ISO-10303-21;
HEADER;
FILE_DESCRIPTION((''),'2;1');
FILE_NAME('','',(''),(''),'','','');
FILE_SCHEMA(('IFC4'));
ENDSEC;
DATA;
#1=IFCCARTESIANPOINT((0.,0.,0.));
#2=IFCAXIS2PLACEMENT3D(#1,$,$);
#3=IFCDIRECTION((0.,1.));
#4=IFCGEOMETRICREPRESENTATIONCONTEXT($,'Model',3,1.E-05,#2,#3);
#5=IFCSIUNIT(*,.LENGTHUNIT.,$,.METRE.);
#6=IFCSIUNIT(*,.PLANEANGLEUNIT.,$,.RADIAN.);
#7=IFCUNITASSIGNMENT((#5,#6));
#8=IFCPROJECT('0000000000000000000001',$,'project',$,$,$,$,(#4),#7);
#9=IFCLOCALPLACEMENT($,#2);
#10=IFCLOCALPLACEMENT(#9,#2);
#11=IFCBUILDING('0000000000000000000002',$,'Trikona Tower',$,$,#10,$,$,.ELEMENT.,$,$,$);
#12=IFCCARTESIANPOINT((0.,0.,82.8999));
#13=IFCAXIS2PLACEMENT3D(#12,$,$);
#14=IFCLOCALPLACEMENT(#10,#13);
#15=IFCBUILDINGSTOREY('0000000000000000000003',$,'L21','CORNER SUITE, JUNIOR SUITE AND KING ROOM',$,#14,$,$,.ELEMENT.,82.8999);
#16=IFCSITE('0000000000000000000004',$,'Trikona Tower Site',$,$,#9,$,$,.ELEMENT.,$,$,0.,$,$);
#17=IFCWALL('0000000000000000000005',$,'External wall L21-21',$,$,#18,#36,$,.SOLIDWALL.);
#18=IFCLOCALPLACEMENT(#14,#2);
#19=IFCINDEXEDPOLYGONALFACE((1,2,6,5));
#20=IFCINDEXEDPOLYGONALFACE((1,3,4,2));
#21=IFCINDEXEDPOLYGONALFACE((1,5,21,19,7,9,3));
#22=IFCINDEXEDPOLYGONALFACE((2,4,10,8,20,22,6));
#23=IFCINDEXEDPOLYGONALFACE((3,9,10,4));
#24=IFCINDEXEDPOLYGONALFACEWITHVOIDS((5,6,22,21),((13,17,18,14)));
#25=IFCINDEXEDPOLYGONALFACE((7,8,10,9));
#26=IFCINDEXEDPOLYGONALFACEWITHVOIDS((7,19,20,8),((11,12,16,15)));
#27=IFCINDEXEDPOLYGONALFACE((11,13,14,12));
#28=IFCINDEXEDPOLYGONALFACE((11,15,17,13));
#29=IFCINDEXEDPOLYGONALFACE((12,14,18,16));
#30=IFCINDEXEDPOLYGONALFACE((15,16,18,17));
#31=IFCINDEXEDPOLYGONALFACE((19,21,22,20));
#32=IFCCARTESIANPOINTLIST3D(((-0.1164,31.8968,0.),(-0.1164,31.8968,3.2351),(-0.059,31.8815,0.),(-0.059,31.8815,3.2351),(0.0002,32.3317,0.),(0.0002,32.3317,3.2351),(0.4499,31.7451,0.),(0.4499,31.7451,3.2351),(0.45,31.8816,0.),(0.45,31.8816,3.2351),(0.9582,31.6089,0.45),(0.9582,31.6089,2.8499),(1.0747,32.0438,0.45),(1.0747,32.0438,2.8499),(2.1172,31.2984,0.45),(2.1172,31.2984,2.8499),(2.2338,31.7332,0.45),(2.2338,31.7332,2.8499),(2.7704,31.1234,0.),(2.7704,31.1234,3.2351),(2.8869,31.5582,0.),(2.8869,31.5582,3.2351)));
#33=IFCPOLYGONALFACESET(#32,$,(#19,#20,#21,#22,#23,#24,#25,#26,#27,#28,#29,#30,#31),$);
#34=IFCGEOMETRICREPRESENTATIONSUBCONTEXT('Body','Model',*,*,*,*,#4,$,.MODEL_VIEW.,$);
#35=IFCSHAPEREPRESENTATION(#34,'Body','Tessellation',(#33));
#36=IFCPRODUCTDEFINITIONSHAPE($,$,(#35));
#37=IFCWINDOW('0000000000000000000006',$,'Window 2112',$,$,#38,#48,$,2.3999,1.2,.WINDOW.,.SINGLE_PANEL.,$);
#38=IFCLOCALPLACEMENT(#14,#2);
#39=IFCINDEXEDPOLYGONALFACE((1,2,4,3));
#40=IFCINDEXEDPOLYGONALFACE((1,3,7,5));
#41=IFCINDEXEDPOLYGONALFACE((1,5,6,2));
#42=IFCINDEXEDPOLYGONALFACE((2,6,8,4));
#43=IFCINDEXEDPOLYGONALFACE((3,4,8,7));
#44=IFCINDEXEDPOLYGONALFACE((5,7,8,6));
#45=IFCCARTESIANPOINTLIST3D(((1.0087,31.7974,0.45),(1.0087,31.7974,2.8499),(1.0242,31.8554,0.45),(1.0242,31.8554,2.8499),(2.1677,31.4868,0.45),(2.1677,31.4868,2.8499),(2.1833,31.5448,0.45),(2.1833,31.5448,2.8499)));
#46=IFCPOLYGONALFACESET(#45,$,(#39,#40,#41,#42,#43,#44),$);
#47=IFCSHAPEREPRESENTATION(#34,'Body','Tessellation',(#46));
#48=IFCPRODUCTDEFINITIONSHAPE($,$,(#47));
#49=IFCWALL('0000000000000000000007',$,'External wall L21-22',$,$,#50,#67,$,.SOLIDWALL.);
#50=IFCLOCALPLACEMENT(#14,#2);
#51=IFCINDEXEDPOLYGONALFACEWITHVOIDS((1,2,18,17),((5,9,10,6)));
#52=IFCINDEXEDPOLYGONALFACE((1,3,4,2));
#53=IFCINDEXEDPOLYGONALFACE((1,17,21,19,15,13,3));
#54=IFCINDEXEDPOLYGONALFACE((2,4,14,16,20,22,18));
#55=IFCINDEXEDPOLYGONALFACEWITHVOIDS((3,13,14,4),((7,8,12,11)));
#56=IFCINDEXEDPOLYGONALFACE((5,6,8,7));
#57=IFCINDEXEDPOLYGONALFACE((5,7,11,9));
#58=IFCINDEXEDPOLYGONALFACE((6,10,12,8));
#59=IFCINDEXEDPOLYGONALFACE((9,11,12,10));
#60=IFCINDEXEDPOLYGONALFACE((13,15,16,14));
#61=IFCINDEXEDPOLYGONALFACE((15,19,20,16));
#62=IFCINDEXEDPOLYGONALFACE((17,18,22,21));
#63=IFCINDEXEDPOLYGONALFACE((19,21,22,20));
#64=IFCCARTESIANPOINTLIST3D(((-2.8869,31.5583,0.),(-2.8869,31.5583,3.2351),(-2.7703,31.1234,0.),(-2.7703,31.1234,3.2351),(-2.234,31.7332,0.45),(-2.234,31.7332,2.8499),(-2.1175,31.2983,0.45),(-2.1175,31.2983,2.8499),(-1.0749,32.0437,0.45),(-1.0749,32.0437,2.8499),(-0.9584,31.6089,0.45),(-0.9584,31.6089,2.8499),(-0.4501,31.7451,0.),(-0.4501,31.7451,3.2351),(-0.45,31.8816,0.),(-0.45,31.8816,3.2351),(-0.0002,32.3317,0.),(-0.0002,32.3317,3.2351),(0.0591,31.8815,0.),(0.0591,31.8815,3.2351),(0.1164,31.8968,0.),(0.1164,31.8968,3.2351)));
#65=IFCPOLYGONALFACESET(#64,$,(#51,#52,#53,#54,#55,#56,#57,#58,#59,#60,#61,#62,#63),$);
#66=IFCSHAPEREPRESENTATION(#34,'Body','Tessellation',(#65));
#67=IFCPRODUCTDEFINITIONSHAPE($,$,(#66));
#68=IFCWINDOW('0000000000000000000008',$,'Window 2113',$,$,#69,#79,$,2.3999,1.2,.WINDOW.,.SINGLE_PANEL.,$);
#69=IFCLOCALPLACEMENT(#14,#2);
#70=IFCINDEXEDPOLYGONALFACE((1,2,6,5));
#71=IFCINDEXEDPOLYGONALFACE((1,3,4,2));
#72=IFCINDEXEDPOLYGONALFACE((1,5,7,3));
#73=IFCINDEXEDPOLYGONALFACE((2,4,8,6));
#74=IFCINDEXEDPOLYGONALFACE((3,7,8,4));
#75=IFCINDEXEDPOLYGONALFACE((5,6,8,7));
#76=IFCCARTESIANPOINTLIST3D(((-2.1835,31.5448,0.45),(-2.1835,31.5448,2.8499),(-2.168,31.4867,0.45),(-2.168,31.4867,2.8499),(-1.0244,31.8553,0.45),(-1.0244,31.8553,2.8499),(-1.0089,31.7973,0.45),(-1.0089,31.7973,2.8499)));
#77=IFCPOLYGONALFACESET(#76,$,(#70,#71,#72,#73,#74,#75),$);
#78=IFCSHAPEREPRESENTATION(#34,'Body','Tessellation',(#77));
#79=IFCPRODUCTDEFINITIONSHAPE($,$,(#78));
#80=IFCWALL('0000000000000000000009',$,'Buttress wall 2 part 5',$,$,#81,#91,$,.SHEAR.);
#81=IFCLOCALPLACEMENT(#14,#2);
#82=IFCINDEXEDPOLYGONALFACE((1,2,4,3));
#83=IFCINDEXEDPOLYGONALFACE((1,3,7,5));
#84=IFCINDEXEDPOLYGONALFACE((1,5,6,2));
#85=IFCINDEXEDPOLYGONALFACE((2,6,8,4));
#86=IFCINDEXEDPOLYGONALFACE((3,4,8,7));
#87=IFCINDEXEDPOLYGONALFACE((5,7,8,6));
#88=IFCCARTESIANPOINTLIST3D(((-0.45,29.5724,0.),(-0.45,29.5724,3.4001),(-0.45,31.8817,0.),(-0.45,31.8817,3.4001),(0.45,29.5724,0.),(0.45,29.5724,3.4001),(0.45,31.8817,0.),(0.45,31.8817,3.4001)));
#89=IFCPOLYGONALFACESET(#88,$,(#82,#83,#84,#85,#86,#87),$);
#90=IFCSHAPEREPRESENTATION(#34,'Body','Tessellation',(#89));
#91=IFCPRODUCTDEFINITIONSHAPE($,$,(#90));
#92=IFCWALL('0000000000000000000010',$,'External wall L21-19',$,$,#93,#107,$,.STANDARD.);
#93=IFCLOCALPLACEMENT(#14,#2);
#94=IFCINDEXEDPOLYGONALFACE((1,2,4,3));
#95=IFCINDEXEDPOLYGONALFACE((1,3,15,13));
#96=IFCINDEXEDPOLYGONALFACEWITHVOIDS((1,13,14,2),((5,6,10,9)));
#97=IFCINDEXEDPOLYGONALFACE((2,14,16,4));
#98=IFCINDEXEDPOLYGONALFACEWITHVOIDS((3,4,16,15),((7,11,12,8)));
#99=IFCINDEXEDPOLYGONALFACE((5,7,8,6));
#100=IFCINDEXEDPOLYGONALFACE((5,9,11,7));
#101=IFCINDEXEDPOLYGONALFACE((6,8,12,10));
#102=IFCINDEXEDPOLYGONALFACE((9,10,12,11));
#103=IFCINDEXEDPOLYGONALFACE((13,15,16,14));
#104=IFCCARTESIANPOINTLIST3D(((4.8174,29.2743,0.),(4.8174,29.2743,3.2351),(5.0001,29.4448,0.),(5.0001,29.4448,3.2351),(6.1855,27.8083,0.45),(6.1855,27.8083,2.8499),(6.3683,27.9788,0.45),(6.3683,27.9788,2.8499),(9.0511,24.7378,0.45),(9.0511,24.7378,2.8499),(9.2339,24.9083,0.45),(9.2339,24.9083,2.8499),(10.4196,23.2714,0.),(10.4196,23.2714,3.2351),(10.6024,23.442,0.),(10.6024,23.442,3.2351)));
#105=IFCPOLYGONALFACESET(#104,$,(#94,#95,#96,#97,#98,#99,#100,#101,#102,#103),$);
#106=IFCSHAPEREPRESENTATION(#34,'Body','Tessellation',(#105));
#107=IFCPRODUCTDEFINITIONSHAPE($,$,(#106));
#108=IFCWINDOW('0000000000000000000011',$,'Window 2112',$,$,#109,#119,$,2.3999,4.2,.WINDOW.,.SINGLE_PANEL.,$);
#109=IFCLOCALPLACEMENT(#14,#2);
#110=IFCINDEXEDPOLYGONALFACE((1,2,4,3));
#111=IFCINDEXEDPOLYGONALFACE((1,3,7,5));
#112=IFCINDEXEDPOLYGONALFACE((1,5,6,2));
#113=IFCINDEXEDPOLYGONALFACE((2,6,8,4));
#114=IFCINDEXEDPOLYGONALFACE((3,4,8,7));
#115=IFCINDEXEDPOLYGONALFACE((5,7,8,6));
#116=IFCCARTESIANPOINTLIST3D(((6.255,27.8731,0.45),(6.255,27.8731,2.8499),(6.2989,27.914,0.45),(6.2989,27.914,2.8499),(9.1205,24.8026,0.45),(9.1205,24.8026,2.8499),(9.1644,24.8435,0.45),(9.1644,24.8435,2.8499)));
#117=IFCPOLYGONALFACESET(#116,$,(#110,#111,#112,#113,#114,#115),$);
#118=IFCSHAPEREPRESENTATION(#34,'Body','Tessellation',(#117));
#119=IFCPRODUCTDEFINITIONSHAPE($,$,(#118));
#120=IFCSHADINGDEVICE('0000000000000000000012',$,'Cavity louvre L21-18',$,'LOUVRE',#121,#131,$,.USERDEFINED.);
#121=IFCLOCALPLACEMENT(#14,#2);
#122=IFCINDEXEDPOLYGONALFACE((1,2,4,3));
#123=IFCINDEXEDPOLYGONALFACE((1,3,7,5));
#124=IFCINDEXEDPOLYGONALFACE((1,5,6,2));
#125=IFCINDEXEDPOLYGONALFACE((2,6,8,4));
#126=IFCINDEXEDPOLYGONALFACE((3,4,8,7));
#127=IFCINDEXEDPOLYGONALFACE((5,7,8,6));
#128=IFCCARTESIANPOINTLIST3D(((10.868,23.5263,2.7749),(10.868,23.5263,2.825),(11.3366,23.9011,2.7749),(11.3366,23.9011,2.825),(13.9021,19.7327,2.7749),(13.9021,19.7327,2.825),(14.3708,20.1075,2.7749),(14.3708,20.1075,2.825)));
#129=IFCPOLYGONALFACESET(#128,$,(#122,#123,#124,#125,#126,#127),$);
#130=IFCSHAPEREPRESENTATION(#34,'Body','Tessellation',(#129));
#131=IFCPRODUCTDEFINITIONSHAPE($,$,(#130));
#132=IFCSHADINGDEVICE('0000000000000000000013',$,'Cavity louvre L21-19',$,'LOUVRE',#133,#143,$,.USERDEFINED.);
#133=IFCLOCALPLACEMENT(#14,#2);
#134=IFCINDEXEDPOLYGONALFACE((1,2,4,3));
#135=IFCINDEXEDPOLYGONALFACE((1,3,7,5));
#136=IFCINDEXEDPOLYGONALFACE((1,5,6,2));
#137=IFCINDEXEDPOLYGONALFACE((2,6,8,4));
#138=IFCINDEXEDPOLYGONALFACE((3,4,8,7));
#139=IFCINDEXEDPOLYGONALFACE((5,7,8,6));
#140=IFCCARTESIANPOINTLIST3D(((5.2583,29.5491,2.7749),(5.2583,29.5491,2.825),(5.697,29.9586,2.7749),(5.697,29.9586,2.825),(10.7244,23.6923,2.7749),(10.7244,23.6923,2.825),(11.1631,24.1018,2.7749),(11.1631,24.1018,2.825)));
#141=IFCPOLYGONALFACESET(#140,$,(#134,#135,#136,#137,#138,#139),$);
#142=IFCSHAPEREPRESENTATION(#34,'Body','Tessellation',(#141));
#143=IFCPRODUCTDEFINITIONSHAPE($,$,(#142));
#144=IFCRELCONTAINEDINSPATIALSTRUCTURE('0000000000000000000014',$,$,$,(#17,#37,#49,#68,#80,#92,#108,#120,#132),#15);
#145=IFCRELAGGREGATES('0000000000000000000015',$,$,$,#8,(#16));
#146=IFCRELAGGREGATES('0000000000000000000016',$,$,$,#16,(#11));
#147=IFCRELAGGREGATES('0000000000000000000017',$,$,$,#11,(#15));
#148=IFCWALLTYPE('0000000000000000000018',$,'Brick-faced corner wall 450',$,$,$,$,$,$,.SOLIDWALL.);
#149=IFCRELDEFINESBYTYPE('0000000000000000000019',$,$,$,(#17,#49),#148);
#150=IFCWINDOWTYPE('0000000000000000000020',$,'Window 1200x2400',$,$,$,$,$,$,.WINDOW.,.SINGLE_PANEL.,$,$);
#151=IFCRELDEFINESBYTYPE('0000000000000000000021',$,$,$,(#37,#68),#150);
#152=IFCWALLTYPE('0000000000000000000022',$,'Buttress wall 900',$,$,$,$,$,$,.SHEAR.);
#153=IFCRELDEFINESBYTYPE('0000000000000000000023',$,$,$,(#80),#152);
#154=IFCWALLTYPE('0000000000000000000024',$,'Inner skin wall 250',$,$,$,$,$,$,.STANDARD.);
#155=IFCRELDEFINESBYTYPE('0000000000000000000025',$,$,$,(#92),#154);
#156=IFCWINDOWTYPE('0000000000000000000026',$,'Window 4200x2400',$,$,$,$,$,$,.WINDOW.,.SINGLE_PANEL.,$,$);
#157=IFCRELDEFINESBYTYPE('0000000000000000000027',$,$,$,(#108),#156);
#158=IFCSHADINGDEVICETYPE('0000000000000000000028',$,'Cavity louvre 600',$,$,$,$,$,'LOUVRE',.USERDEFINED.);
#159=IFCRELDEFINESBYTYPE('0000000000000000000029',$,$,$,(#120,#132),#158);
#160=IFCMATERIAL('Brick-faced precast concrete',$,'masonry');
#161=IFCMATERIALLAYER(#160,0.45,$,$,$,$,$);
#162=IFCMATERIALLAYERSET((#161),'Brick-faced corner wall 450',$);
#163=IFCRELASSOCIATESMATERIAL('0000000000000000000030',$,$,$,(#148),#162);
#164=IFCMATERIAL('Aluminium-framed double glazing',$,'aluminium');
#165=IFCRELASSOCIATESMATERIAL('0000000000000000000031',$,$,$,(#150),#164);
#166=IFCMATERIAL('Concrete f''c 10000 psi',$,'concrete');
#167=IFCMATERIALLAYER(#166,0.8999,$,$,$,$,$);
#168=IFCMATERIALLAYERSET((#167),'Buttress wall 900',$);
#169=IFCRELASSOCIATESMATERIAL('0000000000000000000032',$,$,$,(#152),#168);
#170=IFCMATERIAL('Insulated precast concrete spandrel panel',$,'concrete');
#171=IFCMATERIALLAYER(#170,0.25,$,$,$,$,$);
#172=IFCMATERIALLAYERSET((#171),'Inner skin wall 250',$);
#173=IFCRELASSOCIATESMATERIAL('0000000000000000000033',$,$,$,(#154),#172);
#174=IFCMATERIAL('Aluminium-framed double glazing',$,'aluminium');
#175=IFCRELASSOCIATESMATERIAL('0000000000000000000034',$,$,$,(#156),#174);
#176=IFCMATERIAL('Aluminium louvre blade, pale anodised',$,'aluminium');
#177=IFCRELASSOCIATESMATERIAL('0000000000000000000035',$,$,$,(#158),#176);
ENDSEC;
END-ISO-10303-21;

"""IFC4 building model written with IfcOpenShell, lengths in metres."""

from ifc_helpers import new_model, si_unit, direction, frame, frame_2d, origin, origin_2d, place, context, subcontext, project, spatial, polyline, rectangle, outline, extrude, material, layer, layer_set, type_object, element, fill, save


model = new_model("IFC4")

# Units and contexts
model_context = context("Model", 3, precision=1e-05, world=origin(), true_north=direction((0.0, 1.0)))
body_context = subcontext(model_context, "Body", "Model", "MODEL_VIEW")
ifc_project = project(units=[si_unit("LENGTHUNIT", "METRE"), si_unit("PLANEANGLEUNIT", "RADIAN")], contexts=[model_context])

# Site, building, storey
site_placement = place(None, origin())
site = spatial("IfcSite", under=ifc_project, at=site_placement, Name="Trikona Tower Site", CompositionType="ELEMENT", RefElevation=0.0)
building_placement = place(site_placement, origin())
building = spatial("IfcBuilding", under=site, at=building_placement, Name="Trikona Tower", CompositionType="ELEMENT")
storey_placement = place(building_placement, frame((0.0, 0.0, 82.8999)))
storey = spatial("IfcBuildingStorey", under=building, at=storey_placement, Name="L21", Description="CORNER SUITE, JUNIOR SUITE AND KING ROOM", CompositionType="ELEMENT", Elevation=82.8999)

# Walls, openings, windows
ifc_material_1 = material(Name="Brick-faced precast concrete", Category="masonry")
ifc_layer_1 = layer(ifc_material_1, 0.45)
ifc_layer_set_1 = layer_set([ifc_layer_1], Name="Brick-faced corner wall 450")
wall_type_1 = type_object("IfcWallType", Name="Brick-faced corner wall 450", PredefinedType="SOLIDWALL", material=ifc_layer_set_1)
wall_1_placement = place(storey_placement, frame((2.8286, 31.3408, 0.0), z_axis=(0.0, 0.0, 1.0), x_axis=(-0.965931, 0.258801, 0.0)))
wall_1 = element("IfcWall", 1, at=wall_1_placement, inside=storey, type_object=wall_type_1, Name="External wall L21-21", PredefinedType="SOLIDWALL", context=body_context, shape_type="SweptSolid", body=[
    extrude(outline(polyline([(2.9885, 0.2251), (2.9292, 0.2251), (2.4375, 0.0933), (2.4023, 0.2251), (0.0, 0.2251), (0.0, -0.2251), (2.9885, -0.2251), (2.9885, 0.2251)])), origin(), (0.0, 0.0, 1.0), 3.2351),
])
opening_1_placement = place(wall_1_placement, frame((0.676, 0.0, 0.45)))
opening_1 = element("IfcOpeningElement", 2, at=opening_1_placement, cuts=wall_1, PredefinedType="OPENING", context=body_context, shape_type="SweptSolid", body=[
    extrude(rectangle(XDim=1.2, YDim=2.3999, at=frame_2d((0.6001, 1.2))), frame((0.0, 0.2349, 0.0), z_axis=(0.0, -1.0, 0.0), x_axis=(1.0, 0.0, 0.0)), (0.0, 0.0, 1.0), 0.47),
])
ifc_material_2 = material(Name="Aluminium-framed double glazing", Category="aluminium")
window_type_1 = type_object("IfcWindowType", Name="Window 1200x2400", PartitioningType="SINGLE_PANEL", PredefinedType="WINDOW", material=ifc_material_2)
window_1_placement = place(opening_1_placement, origin())
window_1 = element("IfcWindow", 3, at=window_1_placement, inside=storey, type_object=window_type_1, Name="Window 2112", OverallHeight=2.3999, OverallWidth=1.2, PartitioningType="SINGLE_PANEL", PredefinedType="WINDOW", context=body_context, shape_type="SweptSolid", body=[
    extrude(rectangle(XDim=1.2, YDim=2.3999, at=frame_2d((0.6001, 1.2))), frame((0.0, 0.03, 0.0), z_axis=(0.0, -1.0, 0.0), x_axis=(1.0, 0.0, 0.0)), (0.0, 0.0, 1.0), 0.0601),
])
fill(opening_1, window_1)
wall_2_placement = place(storey_placement, frame((0.0581, 32.1143, 0.0), z_axis=(0.0, 0.0, 1.0), x_axis=(-0.965931, -0.258801, 0.0)))
wall_2 = element("IfcWall", 4, at=wall_2_placement, inside=storey, type_object=wall_type_1, Name="External wall L21-22", PredefinedType="SOLIDWALL", context=body_context, shape_type="SweptSolid", body=[
    extrude(outline(polyline([(2.9885, 0.2251), (0.5864, 0.2251), (0.551, 0.0933), (0.0593, 0.2251), (0.0, 0.2251), (0.0, -0.2251), (2.9885, -0.2251), (2.9885, 0.2251)])), origin(), (0.0, 0.0, 1.0), 3.2351),
])
opening_2_placement = place(wall_2_placement, frame((1.1125, 0.0, 0.45)))
opening_2 = element("IfcOpeningElement", 5, at=opening_2_placement, cuts=wall_2, PredefinedType="OPENING", context=body_context, shape_type="SweptSolid", body=[
    extrude(rectangle(XDim=1.2, YDim=2.3999, at=frame_2d((0.6001, 1.2))), frame((0.0, 0.2349, 0.0), z_axis=(0.0, -1.0, 0.0), x_axis=(1.0, 0.0, 0.0)), (0.0, 0.0, 1.0), 0.47),
])
window_2_placement = place(opening_2_placement, origin())
window_2 = element("IfcWindow", 6, at=window_2_placement, inside=storey, type_object=window_type_1, Name="Window 2113", OverallHeight=2.3999, OverallWidth=1.2, PartitioningType="SINGLE_PANEL", PredefinedType="WINDOW", context=body_context, shape_type="SweptSolid", body=[
    extrude(rectangle(XDim=1.2, YDim=2.3999, at=frame_2d((0.6001, 1.2))), frame((0.0, 0.03, 0.0), z_axis=(0.0, -1.0, 0.0), x_axis=(1.0, 0.0, 0.0)), (0.0, 0.0, 1.0), 0.0601),
])
fill(opening_2, window_2)

# Wall
ifc_material_3 = material(Name="Concrete f'c 10000 psi", Category="concrete")
ifc_layer_2 = layer(ifc_material_3, 0.8999)
ifc_layer_set_2 = layer_set([ifc_layer_2], Name="Buttress wall 900")
wall_type_2 = type_object("IfcWallType", Name="Buttress wall 900", PredefinedType="SHEAR", material=ifc_layer_set_2)
wall_3_placement = place(storey_placement, frame((0.0, 29.5723, 0.0), z_axis=(0.0, 0.0, 1.0), x_axis=(0.0, 1.0, 0.0)))
element("IfcWall", 7, at=wall_3_placement, inside=storey, type_object=wall_type_2, Name="Buttress wall 2 part 5", PredefinedType="SHEAR", context=body_context, shape_type="SweptSolid", body=[
    extrude(rectangle(XDim=2.3093, YDim=0.8999, at=frame_2d((1.1548, 0.0))), origin(), (0.0, 0.0, 1.0), 3.4001),
])

# Wall, opening, window
ifc_material_4 = material(Name="Insulated precast concrete spandrel panel", Category="concrete")
ifc_layer_3 = layer(ifc_material_4, 0.25)
ifc_layer_set_3 = layer_set([ifc_layer_3], Name="Inner skin wall 250")
wall_type_3 = type_object("IfcWallType", Name="Inner skin wall 250", PredefinedType="STANDARD", material=ifc_layer_set_3)
wall_4_placement = place(storey_placement, frame((10.511, 23.3567, 0.0), z_axis=(0.0, 0.0, 1.0), x_axis=(-0.68229, 0.731082, 0.0)))
wall_4 = element("IfcWall", 8, at=wall_4_placement, inside=storey, type_object=wall_type_3, Name="External wall L21-19", PredefinedType="STANDARD", context=body_context, shape_type="SweptSolid", body=[
    extrude(rectangle(XDim=8.2109, YDim=0.25, at=frame_2d((4.1055, 0.0))), origin(), (0.0, 0.0, 1.0), 3.2351),
])
opening_3_placement = place(wall_4_placement, frame((2.0056, 0.0, 0.45)))
opening_3 = element("IfcOpeningElement", 9, at=opening_3_placement, cuts=wall_4, PredefinedType="OPENING", context=body_context, shape_type="SweptSolid", body=[
    extrude(rectangle(XDim=4.2, YDim=2.3999, at=frame_2d((2.1001, 1.2))), frame((0.0, 0.135, 0.0), z_axis=(0.0, -1.0, 0.0), x_axis=(1.0, 0.0, 0.0)), (0.0, 0.0, 1.0), 0.27),
])
ifc_material_5 = material(Name="Aluminium-framed double glazing", Category="aluminium")
window_type_2 = type_object("IfcWindowType", Name="Window 4200x2400", PartitioningType="SINGLE_PANEL", PredefinedType="WINDOW", material=ifc_material_5)
window_3_placement = place(opening_3_placement, origin())
window_3 = element("IfcWindow", 10, at=window_3_placement, inside=storey, type_object=window_type_2, Name="Window 2112", OverallHeight=2.3999, OverallWidth=4.2, PartitioningType="SINGLE_PANEL", PredefinedType="WINDOW", context=body_context, shape_type="SweptSolid", body=[
    extrude(rectangle(XDim=4.2, YDim=2.3999, at=frame_2d((2.1001, 1.2))), frame((0.0, 0.03, 0.0), z_axis=(0.0, -1.0, 0.0), x_axis=(1.0, 0.0, 0.0)), (0.0, 0.0, 1.0), 0.0601),
])
fill(opening_3, window_3)

# Shading devices
ifc_material_6 = material(Name="Aluminium louvre blade, pale anodised", Category="aluminium")
shading_device_type = type_object("IfcShadingDeviceType", Name="Cavity louvre 600", ElementType="LOUVRE", PredefinedType="USERDEFINED", material=ifc_material_6)
shading_device_1_placement = place(storey_placement, frame((12.6194, 21.8169, 2.7749), z_axis=(0.0, 0.0, 1.0), x_axis=(-0.624604, 0.780942, 0.0)))
element("IfcShadingDevice", 11, at=shading_device_1_placement, inside=storey, type_object=shading_device_type, Name="Cavity louvre L21-18", ObjectType="LOUVRE", PredefinedType="USERDEFINED", context=body_context, shape_type="SweptSolid", body=[
    extrude(rectangle(XDim=4.8577, YDim=0.6001, at=origin_2d()), origin(), (0.0, 0.0, 1.0), 0.05),
])
shading_device_2_placement = place(storey_placement, frame((8.2107, 26.8254, 2.7749), z_axis=(0.0, 0.0, 1.0), x_axis=(-0.682298, 0.731074, 0.0)))
element("IfcShadingDevice", 12, at=shading_device_2_placement, inside=storey, type_object=shading_device_type, Name="Cavity louvre L21-19", ObjectType="LOUVRE", PredefinedType="USERDEFINED", context=body_context, shape_type="SweptSolid", body=[
    extrude(rectangle(XDim=8.0112, YDim=0.6001, at=origin_2d()), origin(), (0.0, 0.0, 1.0), 0.05),
])

save(model, "model.ifc")
